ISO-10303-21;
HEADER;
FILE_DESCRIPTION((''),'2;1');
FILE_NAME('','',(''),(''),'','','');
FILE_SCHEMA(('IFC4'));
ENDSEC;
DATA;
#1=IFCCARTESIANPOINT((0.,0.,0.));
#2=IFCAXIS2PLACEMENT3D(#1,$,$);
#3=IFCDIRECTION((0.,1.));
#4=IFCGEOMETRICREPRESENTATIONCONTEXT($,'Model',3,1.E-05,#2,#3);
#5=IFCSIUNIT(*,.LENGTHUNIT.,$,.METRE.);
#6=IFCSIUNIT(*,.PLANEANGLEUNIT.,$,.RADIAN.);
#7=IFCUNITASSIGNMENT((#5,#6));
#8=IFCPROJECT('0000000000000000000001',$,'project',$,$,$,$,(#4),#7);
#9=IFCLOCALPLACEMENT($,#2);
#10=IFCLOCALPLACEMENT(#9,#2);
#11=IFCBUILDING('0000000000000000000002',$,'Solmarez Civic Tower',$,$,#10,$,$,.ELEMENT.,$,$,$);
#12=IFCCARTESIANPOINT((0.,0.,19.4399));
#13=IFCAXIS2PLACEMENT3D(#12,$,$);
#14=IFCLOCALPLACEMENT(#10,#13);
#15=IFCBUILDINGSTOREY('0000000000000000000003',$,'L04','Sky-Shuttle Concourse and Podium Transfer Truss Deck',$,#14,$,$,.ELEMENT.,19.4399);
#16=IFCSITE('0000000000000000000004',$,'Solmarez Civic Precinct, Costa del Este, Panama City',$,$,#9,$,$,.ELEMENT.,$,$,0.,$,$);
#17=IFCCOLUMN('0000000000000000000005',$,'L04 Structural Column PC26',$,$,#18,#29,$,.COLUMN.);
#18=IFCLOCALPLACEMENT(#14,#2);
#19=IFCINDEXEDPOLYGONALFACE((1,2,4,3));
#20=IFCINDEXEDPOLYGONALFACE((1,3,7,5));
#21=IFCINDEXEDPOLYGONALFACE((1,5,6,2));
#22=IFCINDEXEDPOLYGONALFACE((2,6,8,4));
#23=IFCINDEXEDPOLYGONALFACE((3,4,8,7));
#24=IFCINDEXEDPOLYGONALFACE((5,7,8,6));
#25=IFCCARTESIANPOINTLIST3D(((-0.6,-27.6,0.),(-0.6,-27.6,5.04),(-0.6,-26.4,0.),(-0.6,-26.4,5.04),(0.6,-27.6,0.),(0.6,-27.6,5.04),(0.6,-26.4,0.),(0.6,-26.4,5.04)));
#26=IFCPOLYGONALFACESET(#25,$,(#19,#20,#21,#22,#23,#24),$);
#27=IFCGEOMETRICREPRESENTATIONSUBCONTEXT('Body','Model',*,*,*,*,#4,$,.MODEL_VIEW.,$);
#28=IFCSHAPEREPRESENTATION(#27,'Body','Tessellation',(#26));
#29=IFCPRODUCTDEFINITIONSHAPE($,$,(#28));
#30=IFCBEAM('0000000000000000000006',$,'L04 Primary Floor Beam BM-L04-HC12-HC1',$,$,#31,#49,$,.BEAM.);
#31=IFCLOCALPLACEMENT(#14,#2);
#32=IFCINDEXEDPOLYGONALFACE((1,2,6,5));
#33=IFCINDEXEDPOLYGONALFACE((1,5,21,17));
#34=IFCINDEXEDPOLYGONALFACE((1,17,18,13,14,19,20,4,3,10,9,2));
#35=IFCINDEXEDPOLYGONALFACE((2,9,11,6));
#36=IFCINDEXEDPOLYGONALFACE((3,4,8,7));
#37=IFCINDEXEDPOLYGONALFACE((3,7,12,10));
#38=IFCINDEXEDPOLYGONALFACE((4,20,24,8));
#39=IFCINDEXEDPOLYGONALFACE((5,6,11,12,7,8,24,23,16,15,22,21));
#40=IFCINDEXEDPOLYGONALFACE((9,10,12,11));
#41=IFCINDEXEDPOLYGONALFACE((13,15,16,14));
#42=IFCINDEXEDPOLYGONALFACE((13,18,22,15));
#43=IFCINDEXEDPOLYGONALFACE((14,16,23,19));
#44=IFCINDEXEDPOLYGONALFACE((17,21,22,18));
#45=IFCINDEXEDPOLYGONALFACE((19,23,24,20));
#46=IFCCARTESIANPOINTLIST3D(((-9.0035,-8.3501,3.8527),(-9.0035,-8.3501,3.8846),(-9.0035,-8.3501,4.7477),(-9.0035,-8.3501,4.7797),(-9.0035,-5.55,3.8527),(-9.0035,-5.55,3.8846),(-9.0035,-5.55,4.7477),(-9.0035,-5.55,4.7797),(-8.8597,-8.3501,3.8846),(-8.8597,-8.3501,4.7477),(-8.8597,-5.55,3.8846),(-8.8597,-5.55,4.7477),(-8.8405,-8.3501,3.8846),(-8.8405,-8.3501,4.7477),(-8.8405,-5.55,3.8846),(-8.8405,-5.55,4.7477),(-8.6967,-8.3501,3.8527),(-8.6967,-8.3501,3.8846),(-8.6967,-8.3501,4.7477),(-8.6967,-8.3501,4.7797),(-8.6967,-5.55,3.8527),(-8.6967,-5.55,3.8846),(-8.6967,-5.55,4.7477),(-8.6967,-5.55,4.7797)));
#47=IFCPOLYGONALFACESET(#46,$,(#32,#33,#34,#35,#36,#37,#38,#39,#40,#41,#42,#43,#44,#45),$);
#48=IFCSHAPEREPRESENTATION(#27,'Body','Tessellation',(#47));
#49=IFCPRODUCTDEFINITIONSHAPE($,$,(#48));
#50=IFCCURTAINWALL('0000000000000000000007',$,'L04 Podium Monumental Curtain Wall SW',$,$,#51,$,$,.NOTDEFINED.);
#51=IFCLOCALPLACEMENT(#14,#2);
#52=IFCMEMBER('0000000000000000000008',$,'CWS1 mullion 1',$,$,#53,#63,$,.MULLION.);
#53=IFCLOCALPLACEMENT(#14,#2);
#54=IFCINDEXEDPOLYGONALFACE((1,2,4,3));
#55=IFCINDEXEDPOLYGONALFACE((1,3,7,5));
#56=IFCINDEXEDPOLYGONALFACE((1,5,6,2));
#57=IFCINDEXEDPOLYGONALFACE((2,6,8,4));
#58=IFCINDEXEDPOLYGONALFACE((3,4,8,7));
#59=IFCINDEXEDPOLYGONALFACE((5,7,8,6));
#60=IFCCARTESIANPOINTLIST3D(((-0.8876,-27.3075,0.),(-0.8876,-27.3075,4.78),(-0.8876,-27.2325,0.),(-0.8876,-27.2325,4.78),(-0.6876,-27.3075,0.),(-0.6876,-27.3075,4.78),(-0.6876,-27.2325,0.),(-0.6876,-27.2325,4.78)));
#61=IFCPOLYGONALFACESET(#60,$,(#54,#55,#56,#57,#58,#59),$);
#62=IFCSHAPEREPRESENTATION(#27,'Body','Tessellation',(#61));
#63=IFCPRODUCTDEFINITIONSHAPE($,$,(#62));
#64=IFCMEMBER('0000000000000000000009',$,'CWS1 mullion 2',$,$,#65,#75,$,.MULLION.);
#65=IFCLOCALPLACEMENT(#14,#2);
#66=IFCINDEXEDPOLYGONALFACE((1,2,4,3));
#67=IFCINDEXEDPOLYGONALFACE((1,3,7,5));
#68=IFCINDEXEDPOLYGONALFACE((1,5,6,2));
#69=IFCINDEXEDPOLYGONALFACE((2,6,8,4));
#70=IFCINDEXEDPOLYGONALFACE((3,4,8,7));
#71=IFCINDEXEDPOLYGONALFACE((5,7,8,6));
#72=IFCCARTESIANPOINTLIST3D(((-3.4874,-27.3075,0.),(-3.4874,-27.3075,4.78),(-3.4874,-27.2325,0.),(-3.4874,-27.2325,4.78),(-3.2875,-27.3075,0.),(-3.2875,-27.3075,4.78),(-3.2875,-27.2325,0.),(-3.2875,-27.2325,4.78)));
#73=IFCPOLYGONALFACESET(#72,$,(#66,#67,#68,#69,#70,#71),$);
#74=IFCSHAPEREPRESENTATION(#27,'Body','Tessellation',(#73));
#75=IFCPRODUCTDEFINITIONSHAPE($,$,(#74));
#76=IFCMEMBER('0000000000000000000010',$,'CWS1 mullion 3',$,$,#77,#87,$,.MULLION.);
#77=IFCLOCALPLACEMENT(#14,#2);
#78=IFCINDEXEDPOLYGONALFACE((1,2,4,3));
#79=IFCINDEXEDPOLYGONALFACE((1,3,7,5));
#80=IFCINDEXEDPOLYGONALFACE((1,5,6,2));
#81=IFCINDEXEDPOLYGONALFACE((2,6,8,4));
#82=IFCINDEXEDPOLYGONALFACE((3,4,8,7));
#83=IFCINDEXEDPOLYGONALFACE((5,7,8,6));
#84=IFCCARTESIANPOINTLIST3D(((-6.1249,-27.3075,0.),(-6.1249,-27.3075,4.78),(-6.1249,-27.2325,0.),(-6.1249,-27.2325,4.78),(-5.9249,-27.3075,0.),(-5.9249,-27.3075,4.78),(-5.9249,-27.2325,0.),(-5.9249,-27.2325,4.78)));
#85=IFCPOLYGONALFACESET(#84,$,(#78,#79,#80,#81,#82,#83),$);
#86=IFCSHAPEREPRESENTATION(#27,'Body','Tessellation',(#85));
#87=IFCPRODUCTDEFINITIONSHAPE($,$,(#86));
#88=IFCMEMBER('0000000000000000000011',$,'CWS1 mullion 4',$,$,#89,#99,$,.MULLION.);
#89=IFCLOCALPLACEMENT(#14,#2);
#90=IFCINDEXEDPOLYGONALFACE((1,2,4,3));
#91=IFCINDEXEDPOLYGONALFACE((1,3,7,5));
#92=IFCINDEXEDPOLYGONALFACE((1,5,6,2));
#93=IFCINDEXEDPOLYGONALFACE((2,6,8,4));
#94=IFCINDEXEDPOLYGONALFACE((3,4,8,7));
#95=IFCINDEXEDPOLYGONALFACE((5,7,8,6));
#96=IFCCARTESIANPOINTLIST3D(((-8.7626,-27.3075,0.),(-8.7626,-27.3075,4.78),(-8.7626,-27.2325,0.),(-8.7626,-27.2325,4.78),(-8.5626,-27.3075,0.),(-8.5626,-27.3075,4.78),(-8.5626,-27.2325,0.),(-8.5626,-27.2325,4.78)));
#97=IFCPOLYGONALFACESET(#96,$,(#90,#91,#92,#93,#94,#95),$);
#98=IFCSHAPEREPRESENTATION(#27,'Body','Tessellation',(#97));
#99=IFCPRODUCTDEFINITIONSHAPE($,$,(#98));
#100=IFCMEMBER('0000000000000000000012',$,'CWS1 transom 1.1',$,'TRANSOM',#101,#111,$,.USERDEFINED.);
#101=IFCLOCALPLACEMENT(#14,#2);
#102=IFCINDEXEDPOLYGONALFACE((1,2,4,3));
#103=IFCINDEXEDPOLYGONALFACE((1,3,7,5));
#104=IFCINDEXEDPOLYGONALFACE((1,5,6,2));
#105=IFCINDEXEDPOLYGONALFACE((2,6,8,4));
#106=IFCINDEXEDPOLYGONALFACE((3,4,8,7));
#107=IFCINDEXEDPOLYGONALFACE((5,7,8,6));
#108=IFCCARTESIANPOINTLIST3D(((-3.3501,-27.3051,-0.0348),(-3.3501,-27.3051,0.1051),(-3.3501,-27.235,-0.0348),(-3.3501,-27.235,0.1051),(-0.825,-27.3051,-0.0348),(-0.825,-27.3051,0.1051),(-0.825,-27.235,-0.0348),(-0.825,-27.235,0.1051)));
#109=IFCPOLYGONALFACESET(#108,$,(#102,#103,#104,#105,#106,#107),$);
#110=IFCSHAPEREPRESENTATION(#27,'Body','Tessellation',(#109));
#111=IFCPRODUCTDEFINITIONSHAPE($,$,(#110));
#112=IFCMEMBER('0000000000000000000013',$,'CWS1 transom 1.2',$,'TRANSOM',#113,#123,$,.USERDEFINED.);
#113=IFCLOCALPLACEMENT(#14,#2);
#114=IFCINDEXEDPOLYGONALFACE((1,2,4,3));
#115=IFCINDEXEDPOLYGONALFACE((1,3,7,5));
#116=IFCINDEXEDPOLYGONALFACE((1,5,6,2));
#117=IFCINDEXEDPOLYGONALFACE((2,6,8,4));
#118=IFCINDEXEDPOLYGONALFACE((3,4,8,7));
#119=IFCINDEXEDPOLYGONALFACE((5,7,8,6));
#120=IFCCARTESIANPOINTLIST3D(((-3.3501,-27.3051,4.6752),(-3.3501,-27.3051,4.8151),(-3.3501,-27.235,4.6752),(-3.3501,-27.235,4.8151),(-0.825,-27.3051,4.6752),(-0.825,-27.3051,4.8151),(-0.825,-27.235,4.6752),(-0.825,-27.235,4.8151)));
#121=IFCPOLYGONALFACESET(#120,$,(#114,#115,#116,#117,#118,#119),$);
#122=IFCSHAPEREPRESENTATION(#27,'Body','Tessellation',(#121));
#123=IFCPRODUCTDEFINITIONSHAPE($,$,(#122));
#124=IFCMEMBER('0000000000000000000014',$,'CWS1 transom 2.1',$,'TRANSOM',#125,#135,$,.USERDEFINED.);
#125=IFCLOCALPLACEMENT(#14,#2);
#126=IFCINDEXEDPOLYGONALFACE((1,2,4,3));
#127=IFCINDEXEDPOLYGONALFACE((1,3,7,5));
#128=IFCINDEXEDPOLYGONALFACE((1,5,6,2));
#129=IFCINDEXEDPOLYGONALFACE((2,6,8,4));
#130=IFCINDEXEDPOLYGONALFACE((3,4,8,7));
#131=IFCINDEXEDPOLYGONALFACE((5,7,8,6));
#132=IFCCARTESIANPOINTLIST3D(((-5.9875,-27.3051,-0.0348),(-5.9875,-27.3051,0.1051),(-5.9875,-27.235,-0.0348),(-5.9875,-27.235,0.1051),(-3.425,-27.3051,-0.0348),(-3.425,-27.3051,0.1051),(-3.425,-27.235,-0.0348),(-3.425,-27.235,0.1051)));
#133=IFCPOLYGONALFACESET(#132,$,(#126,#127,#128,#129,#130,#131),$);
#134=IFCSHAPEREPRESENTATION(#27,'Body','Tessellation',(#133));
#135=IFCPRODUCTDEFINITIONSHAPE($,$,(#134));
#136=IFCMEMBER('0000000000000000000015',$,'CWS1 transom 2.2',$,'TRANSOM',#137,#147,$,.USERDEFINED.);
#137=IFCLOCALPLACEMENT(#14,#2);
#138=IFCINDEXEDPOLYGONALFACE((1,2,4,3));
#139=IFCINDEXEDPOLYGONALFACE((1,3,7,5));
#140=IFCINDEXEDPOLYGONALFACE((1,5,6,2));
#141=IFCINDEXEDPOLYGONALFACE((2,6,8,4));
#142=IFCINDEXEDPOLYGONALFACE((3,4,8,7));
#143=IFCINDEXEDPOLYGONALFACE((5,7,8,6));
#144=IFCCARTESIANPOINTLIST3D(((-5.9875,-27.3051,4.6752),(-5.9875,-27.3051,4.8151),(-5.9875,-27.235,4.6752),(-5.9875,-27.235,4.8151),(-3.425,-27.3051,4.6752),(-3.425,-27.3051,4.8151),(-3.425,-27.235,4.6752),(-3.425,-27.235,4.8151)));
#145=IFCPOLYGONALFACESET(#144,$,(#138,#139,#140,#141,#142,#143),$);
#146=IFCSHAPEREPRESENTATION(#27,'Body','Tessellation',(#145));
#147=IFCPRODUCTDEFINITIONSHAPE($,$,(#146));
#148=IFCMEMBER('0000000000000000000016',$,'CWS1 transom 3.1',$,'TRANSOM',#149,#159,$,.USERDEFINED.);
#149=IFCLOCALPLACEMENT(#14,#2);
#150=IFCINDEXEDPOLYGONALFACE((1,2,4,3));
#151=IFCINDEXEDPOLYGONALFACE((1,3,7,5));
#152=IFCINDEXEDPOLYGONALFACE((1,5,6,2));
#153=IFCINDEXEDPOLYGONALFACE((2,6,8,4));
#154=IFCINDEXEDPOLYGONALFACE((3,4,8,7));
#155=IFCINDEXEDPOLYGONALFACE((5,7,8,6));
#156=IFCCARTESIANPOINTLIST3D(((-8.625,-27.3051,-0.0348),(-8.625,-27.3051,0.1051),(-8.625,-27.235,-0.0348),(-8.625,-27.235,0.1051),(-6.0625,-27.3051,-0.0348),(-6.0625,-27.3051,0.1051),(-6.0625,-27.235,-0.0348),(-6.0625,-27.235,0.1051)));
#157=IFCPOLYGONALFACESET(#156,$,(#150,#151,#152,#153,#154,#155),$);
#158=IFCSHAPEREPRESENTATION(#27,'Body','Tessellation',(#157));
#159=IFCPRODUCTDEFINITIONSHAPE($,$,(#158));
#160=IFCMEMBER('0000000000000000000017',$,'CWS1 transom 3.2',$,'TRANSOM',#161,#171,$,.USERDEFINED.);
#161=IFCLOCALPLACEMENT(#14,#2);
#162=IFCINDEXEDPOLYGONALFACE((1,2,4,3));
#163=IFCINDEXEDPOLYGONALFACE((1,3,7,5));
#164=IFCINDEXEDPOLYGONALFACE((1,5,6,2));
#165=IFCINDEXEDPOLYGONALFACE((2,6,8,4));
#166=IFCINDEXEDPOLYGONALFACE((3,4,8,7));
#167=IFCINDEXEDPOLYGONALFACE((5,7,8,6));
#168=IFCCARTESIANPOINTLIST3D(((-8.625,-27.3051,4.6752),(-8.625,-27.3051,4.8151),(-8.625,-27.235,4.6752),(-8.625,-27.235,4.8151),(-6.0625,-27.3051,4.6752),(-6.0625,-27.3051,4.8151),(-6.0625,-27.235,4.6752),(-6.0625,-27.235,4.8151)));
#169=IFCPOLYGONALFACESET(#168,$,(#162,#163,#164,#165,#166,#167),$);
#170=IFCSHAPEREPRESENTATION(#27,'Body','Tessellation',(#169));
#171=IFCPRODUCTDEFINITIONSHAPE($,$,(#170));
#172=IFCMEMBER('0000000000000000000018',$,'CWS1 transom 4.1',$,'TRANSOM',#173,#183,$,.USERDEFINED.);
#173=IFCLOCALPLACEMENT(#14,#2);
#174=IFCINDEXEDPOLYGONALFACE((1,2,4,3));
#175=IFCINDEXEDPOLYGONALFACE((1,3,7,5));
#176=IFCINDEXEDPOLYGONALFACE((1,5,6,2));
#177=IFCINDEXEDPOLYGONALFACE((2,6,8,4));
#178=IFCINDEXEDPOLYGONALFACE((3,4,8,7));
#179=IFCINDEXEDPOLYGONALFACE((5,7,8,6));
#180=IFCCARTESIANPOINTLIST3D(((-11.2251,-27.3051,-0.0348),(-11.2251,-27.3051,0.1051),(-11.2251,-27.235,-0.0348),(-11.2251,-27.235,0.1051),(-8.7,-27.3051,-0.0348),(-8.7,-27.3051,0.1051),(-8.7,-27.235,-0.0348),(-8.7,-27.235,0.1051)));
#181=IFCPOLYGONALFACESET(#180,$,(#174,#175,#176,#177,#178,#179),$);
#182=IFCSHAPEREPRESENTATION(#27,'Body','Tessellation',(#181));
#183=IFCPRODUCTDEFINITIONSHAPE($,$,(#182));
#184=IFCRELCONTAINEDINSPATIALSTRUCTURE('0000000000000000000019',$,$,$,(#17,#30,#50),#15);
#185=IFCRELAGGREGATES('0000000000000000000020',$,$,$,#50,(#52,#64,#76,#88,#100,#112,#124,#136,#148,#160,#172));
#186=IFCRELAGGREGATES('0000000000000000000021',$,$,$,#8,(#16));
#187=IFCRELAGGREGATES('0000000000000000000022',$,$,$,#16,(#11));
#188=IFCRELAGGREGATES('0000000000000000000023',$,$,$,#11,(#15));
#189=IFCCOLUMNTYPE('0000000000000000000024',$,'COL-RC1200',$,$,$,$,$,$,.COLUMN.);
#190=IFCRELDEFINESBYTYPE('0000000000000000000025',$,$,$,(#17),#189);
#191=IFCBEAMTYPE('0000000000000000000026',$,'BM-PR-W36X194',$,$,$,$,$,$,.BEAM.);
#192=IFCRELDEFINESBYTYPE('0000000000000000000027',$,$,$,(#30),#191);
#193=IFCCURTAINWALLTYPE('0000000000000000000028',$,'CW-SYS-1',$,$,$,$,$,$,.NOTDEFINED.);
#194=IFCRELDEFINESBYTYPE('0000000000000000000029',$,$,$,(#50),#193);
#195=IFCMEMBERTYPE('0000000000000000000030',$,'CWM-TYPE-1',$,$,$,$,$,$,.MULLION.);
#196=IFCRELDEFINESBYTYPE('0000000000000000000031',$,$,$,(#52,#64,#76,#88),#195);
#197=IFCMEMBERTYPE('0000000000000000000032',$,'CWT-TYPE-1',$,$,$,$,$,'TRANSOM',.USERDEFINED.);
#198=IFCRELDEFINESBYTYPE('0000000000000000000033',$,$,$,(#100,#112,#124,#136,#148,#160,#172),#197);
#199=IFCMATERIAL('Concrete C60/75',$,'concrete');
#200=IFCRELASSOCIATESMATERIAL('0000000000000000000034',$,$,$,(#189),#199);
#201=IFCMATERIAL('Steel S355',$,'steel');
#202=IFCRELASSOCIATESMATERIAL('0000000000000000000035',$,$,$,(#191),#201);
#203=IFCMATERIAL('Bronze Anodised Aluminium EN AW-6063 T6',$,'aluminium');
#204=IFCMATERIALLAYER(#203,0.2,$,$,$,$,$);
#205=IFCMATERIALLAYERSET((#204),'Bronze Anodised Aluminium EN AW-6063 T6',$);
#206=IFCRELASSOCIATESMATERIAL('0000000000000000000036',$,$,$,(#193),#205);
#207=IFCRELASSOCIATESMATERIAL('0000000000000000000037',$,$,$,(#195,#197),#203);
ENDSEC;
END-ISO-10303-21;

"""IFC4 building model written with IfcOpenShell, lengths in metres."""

from ifc_helpers import new_model, si_unit, direction, frame, origin, origin_2d, place, context, subcontext, project, spatial, rectangle, i_section, extrude, material, layer, layer_set, material_profile, profile_set, type_object, element, aggregate, save


model = new_model("IFC4")

# Units and contexts
model_context = context("Model", 3, precision=1e-05, world=origin(), true_north=direction((0.0, 1.0)))
body_context = subcontext(model_context, "Body", "Model", "MODEL_VIEW")
ifc_project = project(units=[si_unit("LENGTHUNIT", "METRE"), si_unit("PLANEANGLEUNIT", "RADIAN")], contexts=[model_context])

# Site, building, storey
site_placement = place(None, origin())
site = spatial("IfcSite", under=ifc_project, at=site_placement, Name="Solmarez Civic Precinct, Costa del Este, Panama City", CompositionType="ELEMENT", RefElevation=0.0)
building_placement = place(site_placement, origin())
building = spatial("IfcBuilding", under=site, at=building_placement, Name="Solmarez Civic Tower", CompositionType="ELEMENT")
storey_placement = place(building_placement, frame((0.0, 0.0, 19.4399)))
storey = spatial("IfcBuildingStorey", under=building, at=storey_placement, Name="L04", Description="Sky-Shuttle Concourse and Podium Transfer Truss Deck", CompositionType="ELEMENT", Elevation=19.4399)

# Column
ifc_material_1 = material(Name="Concrete C60/75", Category="concrete")
ifc_material_profile_1 = material_profile(ifc_material_1, rectangle(XDim=1.2, YDim=1.2, at=origin_2d()), Name="RC1200X1200")
ifc_profile_set_1 = profile_set([ifc_material_profile_1], Name="Concrete C60/75")
column_type = type_object("IfcColumnType", Name="COL-RC1200", PredefinedType="COLUMN", material=ifc_profile_set_1)
column_placement = place(storey_placement, frame((0.0, -27.0, 0.0), z_axis=(0.0, 0.0, 1.0), x_axis=(1.0, 0.0, 0.0)))
element("IfcColumn", 1, at=column_placement, inside=storey, type_object=column_type, Name="L04 Structural Column PC26", PredefinedType="COLUMN", context=body_context, shape_type="SweptSolid", body=[
    extrude(rectangle(XDim=1.2, YDim=1.2, at=origin_2d()), origin(), (0.0, 0.0, 1.0), 5.04),
])

# Beam
ifc_material_2 = material(Name="Steel S355", Category="steel")
ifc_material_profile_2 = material_profile(ifc_material_2, i_section(OverallWidth=0.3069, OverallDepth=0.927, WebThickness=0.0193, FlangeThickness=0.032, at=origin_2d()), Name="W36X194")
ifc_profile_set_2 = profile_set([ifc_material_profile_2], Name="Steel S355")
beam_type = type_object("IfcBeamType", Name="BM-PR-W36X194", PredefinedType="BEAM", material=ifc_profile_set_2)
beam_placement = place(storey_placement, frame((-8.8501, -8.3501, 4.3162), z_axis=(0.0, 1.0, 0.0), x_axis=(-1.0, 0.0, 0.0)))
element("IfcBeam", 2, at=beam_placement, inside=storey, type_object=beam_type, Name="L04 Primary Floor Beam BM-L04-HC12-HC1", PredefinedType="BEAM", context=body_context, shape_type="SweptSolid", body=[
    extrude(i_section(OverallWidth=0.3069, OverallDepth=0.927, WebThickness=0.0193, FlangeThickness=0.032, at=origin_2d()), origin(), (0.0, 0.0, 1.0), 2.8),
])

# Curtain wall, members
ifc_material_3 = material(Name="Bronze Anodised Aluminium EN AW-6063 T6", Category="aluminium")
ifc_layer_1 = layer(ifc_material_3, 0.2)
ifc_layer_set_1 = layer_set([ifc_layer_1], Name="Bronze Anodised Aluminium EN AW-6063 T6")
curtain_wall_type = type_object("IfcCurtainWallType", Name="CW-SYS-1", PredefinedType="NOTDEFINED", material=ifc_layer_set_1)
curtain_wall_placement = place(storey_placement, origin())
curtain_wall = element("IfcCurtainWall", 3, at=curtain_wall_placement, inside=storey, type_object=curtain_wall_type, Name="L04 Podium Monumental Curtain Wall SW", PredefinedType="NOTDEFINED")
ifc_material_profile_3 = material_profile(ifc_material_3, rectangle(XDim=0.075, YDim=0.2, at=origin_2d()), Name="CWM-75X200")
ifc_profile_set_3 = profile_set([ifc_material_profile_3], Name="Bronze Anodised Aluminium EN AW-6063 T6")
member_type_1 = type_object("IfcMemberType", Name="CWM-TYPE-1", PredefinedType="MULLION", material=ifc_profile_set_3)
member_1_placement = place(storey_placement, frame((-0.7876, -27.27, 0.0), z_axis=(0.0, 0.0, 1.0), x_axis=(0.0, -1.0, 0.0)))
member_1 = element("IfcMember", 4, at=member_1_placement, type_object=member_type_1, Name="CWS1 mullion 1", PredefinedType="MULLION", context=body_context, shape_type="SweptSolid", body=[
    extrude(rectangle(XDim=0.075, YDim=0.2, at=origin_2d()), origin(), (0.0, 0.0, 1.0), 4.78),
])
member_2_placement = place(storey_placement, frame((-3.3875, -27.27, 0.0), z_axis=(0.0, 0.0, 1.0), x_axis=(0.0, -1.0, 0.0)))
member_2 = element("IfcMember", 5, at=member_2_placement, type_object=member_type_1, Name="CWS1 mullion 2", PredefinedType="MULLION", context=body_context, shape_type="SweptSolid", body=[
    extrude(rectangle(XDim=0.075, YDim=0.2, at=origin_2d()), origin(), (0.0, 0.0, 1.0), 4.78),
])
member_3_placement = place(storey_placement, frame((-6.0249, -27.27, 0.0), z_axis=(0.0, 0.0, 1.0), x_axis=(0.0, -1.0, 0.0)))
member_3 = element("IfcMember", 6, at=member_3_placement, type_object=member_type_1, Name="CWS1 mullion 3", PredefinedType="MULLION", context=body_context, shape_type="SweptSolid", body=[
    extrude(rectangle(XDim=0.075, YDim=0.2, at=origin_2d()), origin(), (0.0, 0.0, 1.0), 4.78),
])
member_4_placement = place(storey_placement, frame((-8.6626, -27.27, 0.0), z_axis=(0.0, 0.0, 1.0), x_axis=(0.0, -1.0, 0.0)))
member_4 = element("IfcMember", 7, at=member_4_placement, type_object=member_type_1, Name="CWS1 mullion 4", PredefinedType="MULLION", context=body_context, shape_type="SweptSolid", body=[
    extrude(rectangle(XDim=0.075, YDim=0.2, at=origin_2d()), origin(), (0.0, 0.0, 1.0), 4.78),
])
ifc_material_profile_4 = material_profile(ifc_material_3, rectangle(XDim=0.0701, YDim=0.1399, at=origin_2d()), Name="CWT-70X140")
ifc_profile_set_4 = profile_set([ifc_material_profile_4], Name="Bronze Anodised Aluminium EN AW-6063 T6")
member_type_2 = type_object("IfcMemberType", Name="CWT-TYPE-1", ElementType="TRANSOM", PredefinedType="USERDEFINED", material=ifc_profile_set_4)
member_5_placement = place(storey_placement, frame((-0.825, -27.27, 0.0352), z_axis=(-1.0, 0.0, 0.0), x_axis=(0.0, -1.0, 0.0)))
member_5 = element("IfcMember", 8, at=member_5_placement, type_object=member_type_2, Name="CWS1 transom 1.1", ObjectType="TRANSOM", PredefinedType="USERDEFINED", context=body_context, shape_type="SweptSolid", body=[
    extrude(rectangle(XDim=0.0701, YDim=0.1399, at=origin_2d()), origin(), (0.0, 0.0, 1.0), 2.5251),
])
member_6_placement = place(storey_placement, frame((-0.825, -27.27, 4.7451), z_axis=(-1.0, 0.0, 0.0), x_axis=(0.0, -1.0, 0.0)))
member_6 = element("IfcMember", 9, at=member_6_placement, type_object=member_type_2, Name="CWS1 transom 1.2", ObjectType="TRANSOM", PredefinedType="USERDEFINED", context=body_context, shape_type="SweptSolid", body=[
    extrude(rectangle(XDim=0.0701, YDim=0.1399, at=origin_2d()), origin(), (0.0, 0.0, 1.0), 2.5251),
])
member_7_placement = place(storey_placement, frame((-3.425, -27.27, 0.0352), z_axis=(-1.0, 0.0, 0.0), x_axis=(0.0, -1.0, 0.0)))
member_7 = element("IfcMember", 10, at=member_7_placement, type_object=member_type_2, Name="CWS1 transom 2.1", ObjectType="TRANSOM", PredefinedType="USERDEFINED", context=body_context, shape_type="SweptSolid", body=[
    extrude(rectangle(XDim=0.0701, YDim=0.1399, at=origin_2d()), origin(), (0.0, 0.0, 1.0), 2.5625),
])
member_8_placement = place(storey_placement, frame((-3.425, -27.27, 4.7451), z_axis=(-1.0, 0.0, 0.0), x_axis=(0.0, -1.0, 0.0)))
member_8 = element("IfcMember", 11, at=member_8_placement, type_object=member_type_2, Name="CWS1 transom 2.2", ObjectType="TRANSOM", PredefinedType="USERDEFINED", context=body_context, shape_type="SweptSolid", body=[
    extrude(rectangle(XDim=0.0701, YDim=0.1399, at=origin_2d()), origin(), (0.0, 0.0, 1.0), 2.5625),
])
member_9_placement = place(storey_placement, frame((-6.0625, -27.27, 0.0352), z_axis=(-1.0, 0.0, 0.0), x_axis=(0.0, -1.0, 0.0)))
member_9 = element("IfcMember", 12, at=member_9_placement, type_object=member_type_2, Name="CWS1 transom 3.1", ObjectType="TRANSOM", PredefinedType="USERDEFINED", context=body_context, shape_type="SweptSolid", body=[
    extrude(rectangle(XDim=0.0701, YDim=0.1399, at=origin_2d()), origin(), (0.0, 0.0, 1.0), 2.5625),
])
member_10_placement = place(storey_placement, frame((-6.0625, -27.27, 4.7451), z_axis=(-1.0, 0.0, 0.0), x_axis=(0.0, -1.0, 0.0)))
member_10 = element("IfcMember", 13, at=member_10_placement, type_object=member_type_2, Name="CWS1 transom 3.2", ObjectType="TRANSOM", PredefinedType="USERDEFINED", context=body_context, shape_type="SweptSolid", body=[
    extrude(rectangle(XDim=0.0701, YDim=0.1399, at=origin_2d()), origin(), (0.0, 0.0, 1.0), 2.5625),
])
member_11_placement = place(storey_placement, frame((-8.7, -27.27, 0.0352), z_axis=(-1.0, 0.0, 0.0), x_axis=(0.0, -1.0, 0.0)))
member_11 = element("IfcMember", 14, at=member_11_placement, type_object=member_type_2, Name="CWS1 transom 4.1", ObjectType="TRANSOM", PredefinedType="USERDEFINED", context=body_context, shape_type="SweptSolid", body=[
    extrude(rectangle(XDim=0.0701, YDim=0.1399, at=origin_2d()), origin(), (0.0, 0.0, 1.0), 2.5251),
])

aggregate(curtain_wall, [member_1, member_2, member_3, member_4, member_5, member_6, member_7, member_8, member_9, member_10, member_11])

save(model, "model.ifc")
